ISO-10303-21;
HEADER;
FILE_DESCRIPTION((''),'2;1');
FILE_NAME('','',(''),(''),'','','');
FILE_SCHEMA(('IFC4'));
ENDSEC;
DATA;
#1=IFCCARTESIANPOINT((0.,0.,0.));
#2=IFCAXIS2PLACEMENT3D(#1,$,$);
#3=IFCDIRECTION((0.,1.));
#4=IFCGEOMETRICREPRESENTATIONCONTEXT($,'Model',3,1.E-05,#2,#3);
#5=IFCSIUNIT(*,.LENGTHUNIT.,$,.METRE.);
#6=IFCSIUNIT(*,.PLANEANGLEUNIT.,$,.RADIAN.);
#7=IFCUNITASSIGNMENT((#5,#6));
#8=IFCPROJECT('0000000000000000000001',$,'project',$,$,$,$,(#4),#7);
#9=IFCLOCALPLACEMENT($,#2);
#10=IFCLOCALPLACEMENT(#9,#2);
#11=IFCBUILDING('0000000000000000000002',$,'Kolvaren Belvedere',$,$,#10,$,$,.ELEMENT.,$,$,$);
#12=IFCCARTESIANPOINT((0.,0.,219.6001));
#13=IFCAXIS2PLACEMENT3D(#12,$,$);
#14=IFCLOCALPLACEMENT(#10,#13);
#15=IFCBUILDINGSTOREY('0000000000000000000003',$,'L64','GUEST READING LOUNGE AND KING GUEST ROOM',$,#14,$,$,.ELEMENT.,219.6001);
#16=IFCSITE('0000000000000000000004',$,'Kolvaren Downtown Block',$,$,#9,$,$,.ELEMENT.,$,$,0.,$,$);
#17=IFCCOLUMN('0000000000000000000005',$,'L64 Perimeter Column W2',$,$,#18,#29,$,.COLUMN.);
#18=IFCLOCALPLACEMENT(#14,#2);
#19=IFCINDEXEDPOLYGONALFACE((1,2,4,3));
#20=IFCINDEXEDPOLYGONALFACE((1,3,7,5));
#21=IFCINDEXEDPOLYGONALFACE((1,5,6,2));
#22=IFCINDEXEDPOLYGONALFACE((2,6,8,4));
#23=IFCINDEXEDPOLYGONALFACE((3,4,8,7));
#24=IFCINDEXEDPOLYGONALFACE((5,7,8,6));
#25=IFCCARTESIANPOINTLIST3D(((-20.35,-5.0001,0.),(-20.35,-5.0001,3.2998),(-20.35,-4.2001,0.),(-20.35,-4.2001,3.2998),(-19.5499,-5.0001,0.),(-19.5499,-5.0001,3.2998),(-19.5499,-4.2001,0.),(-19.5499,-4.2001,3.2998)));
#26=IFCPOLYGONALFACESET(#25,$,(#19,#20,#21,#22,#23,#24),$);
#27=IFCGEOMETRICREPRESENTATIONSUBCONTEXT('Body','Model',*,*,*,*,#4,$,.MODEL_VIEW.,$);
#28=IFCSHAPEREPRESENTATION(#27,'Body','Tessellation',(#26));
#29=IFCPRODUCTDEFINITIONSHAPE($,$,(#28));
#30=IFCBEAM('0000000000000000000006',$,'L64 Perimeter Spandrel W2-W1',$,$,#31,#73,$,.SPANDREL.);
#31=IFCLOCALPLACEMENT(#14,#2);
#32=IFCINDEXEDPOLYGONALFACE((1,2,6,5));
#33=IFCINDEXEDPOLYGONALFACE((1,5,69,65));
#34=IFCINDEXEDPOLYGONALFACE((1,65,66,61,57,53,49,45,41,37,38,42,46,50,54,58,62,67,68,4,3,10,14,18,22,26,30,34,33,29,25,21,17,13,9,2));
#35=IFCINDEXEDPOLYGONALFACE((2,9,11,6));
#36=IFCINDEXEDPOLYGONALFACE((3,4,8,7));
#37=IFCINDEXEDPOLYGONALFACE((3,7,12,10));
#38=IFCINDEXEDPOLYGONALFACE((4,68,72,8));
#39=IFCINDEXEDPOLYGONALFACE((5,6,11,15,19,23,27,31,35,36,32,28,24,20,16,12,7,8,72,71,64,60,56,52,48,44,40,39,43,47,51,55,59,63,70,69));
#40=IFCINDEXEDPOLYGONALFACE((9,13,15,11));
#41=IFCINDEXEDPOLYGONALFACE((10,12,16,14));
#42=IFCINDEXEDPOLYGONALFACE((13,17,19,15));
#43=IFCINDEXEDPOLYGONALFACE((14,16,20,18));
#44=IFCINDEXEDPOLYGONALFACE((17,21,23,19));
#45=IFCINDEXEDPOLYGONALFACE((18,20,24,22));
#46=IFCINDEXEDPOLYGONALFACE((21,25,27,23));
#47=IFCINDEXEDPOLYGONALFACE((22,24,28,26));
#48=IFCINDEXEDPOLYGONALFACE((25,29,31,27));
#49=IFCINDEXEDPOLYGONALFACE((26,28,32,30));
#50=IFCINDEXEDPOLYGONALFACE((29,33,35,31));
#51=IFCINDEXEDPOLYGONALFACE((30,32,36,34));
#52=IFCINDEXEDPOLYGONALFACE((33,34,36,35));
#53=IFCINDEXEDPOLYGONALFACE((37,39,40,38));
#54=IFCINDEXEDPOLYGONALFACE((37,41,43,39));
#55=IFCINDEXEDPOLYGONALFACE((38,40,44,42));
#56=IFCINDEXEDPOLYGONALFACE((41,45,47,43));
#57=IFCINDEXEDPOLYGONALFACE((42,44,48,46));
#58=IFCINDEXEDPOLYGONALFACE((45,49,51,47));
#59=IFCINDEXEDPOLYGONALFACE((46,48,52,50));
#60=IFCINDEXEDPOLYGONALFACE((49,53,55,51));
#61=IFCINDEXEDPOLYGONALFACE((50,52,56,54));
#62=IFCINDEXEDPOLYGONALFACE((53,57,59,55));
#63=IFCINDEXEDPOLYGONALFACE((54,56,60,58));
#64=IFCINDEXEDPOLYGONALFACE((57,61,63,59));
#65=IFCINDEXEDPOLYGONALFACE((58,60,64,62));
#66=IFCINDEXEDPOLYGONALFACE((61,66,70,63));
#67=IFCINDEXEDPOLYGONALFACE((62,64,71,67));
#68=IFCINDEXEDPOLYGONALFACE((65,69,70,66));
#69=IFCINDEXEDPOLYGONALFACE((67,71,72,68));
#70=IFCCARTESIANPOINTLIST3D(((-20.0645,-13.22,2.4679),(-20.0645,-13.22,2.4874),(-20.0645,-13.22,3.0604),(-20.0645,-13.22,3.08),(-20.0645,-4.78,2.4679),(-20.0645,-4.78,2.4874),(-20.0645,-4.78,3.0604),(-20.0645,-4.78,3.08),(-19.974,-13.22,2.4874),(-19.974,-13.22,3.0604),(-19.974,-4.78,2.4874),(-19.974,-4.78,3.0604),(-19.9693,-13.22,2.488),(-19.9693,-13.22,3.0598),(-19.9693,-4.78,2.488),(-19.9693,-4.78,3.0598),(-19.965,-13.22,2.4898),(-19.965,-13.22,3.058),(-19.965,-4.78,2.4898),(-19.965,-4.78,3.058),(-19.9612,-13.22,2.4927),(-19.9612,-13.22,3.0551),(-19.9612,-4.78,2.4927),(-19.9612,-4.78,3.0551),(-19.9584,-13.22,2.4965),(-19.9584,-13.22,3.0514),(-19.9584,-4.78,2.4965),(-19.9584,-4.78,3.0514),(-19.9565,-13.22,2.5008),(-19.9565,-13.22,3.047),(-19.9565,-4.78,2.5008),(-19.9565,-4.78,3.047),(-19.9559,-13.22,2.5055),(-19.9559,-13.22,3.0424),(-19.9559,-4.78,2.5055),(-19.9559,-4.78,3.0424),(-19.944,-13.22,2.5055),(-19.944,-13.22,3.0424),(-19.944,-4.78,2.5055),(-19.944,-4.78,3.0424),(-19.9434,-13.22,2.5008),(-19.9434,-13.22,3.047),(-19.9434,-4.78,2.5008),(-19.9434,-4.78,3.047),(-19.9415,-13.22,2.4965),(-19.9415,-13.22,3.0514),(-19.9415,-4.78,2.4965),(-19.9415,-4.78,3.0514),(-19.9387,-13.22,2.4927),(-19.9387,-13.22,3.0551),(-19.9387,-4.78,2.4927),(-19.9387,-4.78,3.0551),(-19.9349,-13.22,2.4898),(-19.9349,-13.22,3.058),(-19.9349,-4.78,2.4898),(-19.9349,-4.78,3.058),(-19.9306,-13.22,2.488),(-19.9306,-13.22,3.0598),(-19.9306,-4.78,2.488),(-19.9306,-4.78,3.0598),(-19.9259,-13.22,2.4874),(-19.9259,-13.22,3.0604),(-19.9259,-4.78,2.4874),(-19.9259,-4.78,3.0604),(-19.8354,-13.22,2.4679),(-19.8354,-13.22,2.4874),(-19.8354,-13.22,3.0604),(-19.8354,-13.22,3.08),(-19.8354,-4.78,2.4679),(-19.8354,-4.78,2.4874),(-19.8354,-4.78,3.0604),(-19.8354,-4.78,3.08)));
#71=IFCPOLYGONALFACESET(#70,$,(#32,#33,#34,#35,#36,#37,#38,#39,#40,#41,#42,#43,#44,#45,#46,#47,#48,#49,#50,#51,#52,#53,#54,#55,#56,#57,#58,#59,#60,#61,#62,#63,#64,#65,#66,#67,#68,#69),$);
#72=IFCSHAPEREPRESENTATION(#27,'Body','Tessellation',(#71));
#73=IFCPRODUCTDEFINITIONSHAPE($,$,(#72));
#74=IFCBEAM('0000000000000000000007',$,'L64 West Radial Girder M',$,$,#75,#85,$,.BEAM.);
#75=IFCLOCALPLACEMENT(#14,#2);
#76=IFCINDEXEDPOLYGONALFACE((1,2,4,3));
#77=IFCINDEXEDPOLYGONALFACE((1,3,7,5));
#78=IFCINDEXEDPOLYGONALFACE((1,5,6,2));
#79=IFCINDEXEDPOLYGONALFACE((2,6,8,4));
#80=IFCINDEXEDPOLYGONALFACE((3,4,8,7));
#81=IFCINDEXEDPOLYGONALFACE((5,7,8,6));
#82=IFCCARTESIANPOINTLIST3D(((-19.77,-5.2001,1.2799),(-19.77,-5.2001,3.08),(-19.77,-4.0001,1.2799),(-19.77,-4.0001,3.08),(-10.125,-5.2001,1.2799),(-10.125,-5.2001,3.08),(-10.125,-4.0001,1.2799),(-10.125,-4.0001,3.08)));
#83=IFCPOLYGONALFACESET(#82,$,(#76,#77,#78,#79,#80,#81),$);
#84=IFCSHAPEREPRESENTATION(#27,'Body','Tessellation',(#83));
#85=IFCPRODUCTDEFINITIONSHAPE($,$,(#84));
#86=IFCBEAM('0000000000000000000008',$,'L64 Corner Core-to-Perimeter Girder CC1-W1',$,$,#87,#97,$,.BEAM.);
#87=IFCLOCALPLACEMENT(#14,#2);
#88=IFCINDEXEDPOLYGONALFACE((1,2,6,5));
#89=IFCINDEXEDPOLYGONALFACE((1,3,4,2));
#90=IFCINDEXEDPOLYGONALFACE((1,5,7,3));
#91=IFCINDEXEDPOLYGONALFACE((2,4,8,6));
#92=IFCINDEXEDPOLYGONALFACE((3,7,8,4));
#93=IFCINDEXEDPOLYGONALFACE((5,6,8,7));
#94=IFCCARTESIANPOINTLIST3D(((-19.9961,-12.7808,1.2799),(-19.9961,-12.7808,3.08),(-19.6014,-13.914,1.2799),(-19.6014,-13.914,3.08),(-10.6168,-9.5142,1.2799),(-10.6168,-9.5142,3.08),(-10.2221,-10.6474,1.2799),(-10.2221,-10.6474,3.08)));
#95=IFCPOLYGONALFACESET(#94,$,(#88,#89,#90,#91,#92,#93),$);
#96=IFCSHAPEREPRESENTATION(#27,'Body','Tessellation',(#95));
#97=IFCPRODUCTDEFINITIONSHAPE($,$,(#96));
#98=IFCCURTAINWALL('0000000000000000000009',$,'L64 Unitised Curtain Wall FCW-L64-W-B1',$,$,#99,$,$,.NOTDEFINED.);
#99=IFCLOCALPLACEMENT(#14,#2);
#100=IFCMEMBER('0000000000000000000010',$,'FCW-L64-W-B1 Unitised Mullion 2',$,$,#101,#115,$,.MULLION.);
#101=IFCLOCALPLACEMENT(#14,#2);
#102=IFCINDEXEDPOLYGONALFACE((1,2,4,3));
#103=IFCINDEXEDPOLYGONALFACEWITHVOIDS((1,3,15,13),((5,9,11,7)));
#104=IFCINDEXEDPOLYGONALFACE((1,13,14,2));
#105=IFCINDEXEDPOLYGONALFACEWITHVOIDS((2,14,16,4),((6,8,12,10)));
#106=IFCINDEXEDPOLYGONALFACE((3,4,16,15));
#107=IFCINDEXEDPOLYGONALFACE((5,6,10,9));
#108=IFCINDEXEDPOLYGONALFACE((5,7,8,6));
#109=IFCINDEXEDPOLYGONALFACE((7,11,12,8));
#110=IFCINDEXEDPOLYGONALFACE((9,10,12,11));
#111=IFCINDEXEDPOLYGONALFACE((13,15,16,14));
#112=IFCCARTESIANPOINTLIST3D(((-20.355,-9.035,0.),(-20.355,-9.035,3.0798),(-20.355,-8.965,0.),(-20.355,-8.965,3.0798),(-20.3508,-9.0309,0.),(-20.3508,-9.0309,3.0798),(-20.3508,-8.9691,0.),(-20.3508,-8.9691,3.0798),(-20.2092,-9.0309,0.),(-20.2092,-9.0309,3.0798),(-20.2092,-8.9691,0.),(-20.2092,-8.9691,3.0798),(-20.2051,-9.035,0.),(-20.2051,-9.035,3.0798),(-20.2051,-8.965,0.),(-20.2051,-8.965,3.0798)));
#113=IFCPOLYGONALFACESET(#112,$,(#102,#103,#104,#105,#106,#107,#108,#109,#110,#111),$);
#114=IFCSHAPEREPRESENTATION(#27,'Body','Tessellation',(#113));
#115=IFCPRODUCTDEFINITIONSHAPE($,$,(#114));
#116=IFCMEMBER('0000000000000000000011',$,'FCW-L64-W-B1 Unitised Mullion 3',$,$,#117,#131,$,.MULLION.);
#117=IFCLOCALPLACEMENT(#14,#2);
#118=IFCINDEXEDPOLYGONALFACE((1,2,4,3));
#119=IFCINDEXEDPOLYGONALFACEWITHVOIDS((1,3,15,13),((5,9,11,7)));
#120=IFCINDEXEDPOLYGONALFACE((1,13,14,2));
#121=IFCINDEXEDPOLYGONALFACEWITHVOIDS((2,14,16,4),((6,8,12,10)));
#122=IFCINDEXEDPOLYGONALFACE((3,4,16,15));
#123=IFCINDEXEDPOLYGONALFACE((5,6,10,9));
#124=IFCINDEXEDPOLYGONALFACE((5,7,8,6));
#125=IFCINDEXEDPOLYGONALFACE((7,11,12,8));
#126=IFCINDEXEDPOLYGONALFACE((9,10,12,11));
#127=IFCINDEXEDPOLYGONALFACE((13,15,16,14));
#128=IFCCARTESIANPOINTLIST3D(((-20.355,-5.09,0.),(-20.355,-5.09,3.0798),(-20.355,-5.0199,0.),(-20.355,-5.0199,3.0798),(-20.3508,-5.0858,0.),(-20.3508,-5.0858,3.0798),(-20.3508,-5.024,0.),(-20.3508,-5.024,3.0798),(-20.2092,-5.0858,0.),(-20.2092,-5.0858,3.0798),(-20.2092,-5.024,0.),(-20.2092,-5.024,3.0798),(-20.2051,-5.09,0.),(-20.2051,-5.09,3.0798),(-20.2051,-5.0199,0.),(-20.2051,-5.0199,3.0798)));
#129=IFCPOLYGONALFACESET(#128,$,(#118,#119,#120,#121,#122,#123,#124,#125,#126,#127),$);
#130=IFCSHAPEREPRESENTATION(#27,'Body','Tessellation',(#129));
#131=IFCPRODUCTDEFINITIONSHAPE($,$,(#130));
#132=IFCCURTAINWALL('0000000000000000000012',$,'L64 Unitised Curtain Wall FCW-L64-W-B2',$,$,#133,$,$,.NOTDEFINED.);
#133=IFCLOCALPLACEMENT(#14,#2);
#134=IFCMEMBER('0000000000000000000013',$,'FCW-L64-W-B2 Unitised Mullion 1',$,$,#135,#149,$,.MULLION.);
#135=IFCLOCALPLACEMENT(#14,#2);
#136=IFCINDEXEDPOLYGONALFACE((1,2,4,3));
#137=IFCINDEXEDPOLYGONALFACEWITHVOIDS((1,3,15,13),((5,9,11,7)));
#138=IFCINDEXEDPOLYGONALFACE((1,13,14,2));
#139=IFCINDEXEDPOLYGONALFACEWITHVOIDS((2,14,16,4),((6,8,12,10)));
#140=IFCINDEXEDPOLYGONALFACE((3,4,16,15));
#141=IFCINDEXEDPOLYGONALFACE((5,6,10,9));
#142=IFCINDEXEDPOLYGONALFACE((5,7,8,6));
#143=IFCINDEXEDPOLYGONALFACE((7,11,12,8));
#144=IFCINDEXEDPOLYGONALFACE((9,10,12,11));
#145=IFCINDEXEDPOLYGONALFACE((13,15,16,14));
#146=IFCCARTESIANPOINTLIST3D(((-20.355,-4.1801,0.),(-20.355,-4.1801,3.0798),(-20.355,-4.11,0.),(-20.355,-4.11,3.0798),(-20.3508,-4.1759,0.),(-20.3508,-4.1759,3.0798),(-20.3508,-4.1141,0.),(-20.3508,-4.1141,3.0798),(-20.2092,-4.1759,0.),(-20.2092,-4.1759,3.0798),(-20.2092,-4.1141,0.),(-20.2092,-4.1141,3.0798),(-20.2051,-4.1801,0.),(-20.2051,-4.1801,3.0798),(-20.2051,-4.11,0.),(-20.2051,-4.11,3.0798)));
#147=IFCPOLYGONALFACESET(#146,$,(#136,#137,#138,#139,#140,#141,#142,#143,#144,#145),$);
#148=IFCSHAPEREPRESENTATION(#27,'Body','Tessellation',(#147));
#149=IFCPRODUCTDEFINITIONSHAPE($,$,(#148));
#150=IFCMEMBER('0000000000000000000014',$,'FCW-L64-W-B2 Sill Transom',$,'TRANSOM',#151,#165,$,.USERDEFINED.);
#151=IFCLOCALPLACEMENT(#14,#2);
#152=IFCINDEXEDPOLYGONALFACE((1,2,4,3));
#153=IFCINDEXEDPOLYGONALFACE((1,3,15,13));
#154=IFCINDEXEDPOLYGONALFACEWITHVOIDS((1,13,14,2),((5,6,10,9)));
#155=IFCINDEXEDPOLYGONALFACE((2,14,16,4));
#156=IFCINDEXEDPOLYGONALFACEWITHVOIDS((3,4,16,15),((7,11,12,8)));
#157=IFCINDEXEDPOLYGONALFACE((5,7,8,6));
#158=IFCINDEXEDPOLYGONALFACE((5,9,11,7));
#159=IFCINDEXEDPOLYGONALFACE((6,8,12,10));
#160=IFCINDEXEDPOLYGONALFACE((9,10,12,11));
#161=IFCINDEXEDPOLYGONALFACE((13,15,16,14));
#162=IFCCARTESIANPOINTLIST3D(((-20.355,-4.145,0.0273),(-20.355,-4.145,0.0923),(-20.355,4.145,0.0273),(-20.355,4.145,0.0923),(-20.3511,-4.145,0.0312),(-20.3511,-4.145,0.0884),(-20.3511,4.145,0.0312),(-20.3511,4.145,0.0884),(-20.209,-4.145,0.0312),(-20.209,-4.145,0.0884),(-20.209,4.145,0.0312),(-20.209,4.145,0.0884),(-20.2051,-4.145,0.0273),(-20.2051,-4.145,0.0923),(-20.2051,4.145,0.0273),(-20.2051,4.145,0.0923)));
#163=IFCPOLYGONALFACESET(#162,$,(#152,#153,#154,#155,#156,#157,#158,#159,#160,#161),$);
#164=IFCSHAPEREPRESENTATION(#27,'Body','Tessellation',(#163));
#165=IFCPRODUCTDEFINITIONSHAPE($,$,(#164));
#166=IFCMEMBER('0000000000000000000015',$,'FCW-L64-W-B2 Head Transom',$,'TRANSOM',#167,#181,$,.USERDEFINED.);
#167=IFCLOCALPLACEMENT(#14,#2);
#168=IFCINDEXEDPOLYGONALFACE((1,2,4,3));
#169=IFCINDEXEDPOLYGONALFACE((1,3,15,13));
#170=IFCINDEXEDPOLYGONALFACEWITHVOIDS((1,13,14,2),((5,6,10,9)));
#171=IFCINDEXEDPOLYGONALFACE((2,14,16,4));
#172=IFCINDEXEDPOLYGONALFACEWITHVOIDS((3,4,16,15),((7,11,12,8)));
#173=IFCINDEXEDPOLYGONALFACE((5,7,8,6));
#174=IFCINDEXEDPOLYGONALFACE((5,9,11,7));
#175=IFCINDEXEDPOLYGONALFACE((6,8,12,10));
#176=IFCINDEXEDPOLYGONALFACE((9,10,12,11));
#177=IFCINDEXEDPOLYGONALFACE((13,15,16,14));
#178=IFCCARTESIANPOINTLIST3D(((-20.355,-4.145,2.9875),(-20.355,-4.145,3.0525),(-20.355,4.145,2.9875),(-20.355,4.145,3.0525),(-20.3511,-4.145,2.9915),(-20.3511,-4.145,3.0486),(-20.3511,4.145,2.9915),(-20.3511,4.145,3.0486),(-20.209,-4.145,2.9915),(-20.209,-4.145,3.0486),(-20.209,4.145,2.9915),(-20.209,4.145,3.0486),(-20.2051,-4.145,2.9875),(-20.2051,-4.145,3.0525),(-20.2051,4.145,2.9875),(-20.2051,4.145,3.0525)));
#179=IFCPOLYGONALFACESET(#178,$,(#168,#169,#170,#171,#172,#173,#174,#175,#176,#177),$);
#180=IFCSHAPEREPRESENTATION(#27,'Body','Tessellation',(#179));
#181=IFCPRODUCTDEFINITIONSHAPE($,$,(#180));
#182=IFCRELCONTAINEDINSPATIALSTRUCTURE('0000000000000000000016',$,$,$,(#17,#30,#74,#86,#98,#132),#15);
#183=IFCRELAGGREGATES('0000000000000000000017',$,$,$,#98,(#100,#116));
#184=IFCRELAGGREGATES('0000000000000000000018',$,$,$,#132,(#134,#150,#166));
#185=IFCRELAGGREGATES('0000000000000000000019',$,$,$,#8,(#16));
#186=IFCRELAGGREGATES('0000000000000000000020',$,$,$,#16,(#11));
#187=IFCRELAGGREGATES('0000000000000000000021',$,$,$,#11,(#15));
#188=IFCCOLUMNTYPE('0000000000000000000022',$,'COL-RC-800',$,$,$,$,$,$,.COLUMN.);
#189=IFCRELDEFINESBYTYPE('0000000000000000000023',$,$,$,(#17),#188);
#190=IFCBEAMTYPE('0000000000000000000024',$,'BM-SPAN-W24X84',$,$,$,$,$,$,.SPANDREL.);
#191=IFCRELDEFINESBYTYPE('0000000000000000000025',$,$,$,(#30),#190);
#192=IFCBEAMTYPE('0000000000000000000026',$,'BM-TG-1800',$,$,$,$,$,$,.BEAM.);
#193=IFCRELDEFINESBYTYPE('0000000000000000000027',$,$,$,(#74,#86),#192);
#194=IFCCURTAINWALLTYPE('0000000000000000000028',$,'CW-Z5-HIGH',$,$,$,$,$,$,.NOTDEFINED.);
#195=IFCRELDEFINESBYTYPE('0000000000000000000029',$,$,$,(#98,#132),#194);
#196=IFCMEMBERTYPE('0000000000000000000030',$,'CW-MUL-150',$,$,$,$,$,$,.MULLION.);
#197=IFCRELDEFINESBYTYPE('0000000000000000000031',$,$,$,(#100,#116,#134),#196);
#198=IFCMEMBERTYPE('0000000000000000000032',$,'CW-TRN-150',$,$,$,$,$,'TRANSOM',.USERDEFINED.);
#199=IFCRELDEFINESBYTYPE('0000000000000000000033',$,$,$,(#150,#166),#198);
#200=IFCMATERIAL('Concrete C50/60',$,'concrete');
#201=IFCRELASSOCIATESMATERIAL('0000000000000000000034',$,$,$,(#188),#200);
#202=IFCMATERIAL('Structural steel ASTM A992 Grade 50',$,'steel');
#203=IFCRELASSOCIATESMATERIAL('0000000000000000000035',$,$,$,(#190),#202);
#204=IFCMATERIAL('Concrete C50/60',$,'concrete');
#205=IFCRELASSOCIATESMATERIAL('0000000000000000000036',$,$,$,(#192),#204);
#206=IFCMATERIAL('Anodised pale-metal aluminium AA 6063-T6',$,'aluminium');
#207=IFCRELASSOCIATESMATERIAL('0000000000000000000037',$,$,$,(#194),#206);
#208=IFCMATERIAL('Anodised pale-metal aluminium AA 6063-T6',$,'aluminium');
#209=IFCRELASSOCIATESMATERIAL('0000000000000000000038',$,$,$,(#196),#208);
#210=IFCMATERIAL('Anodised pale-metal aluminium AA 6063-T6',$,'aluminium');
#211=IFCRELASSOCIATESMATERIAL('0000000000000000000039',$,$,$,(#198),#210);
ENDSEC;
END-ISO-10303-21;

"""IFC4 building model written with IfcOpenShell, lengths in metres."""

from ifc_helpers import new_model, si_unit, direction, frame, origin, origin_2d, place, context, subcontext, project, spatial, rectangle, hollow_rectangle, i_section, extrude, material, material_profile, profile_set, type_object, element, aggregate, save


model = new_model("IFC4")

# Units and contexts
model_context = context("Model", 3, precision=1e-05, world=origin(), true_north=direction((0.0, 1.0)))
body_context = subcontext(model_context, "Body", "Model", "MODEL_VIEW")
ifc_project = project(units=[si_unit("LENGTHUNIT", "METRE"), si_unit("PLANEANGLEUNIT", "RADIAN")], contexts=[model_context])

# Site, building, storey
site_placement = place(None, origin())
site = spatial("IfcSite", under=ifc_project, at=site_placement, Name="Kolvaren Downtown Block", CompositionType="ELEMENT", RefElevation=0.0)
building_placement = place(site_placement, origin())
building = spatial("IfcBuilding", under=site, at=building_placement, Name="Kolvaren Belvedere", CompositionType="ELEMENT")
storey_placement = place(building_placement, frame((0.0, 0.0, 219.6001)))
storey = spatial("IfcBuildingStorey", under=building, at=storey_placement, Name="L64", Description="GUEST READING LOUNGE AND KING GUEST ROOM", CompositionType="ELEMENT", Elevation=219.6001)

# Column
ifc_material_1 = material(Name="Concrete C50/60", Category="concrete")
ifc_material_profile_1 = material_profile(ifc_material_1, rectangle(XDim=0.8, YDim=0.8, at=origin_2d()), Name="RC 800X800")
ifc_profile_set_1 = profile_set([ifc_material_profile_1], Name="Concrete C50/60")
column_type = type_object("IfcColumnType", Name="COL-RC-800", PredefinedType="COLUMN", material=ifc_profile_set_1)
column_placement = place(storey_placement, frame((-19.95, -4.6001, 0.0), z_axis=(0.0, 0.0, 1.0), x_axis=(1.0, 0.0, 0.0)))
element("IfcColumn", 1, at=column_placement, inside=storey, type_object=column_type, Name="L64 Perimeter Column W2", PredefinedType="COLUMN", context=body_context, shape_type="SweptSolid", body=[
    extrude(rectangle(XDim=0.8, YDim=0.8, at=origin_2d()), origin(), (0.0, 0.0, 1.0), 3.2998),
])

# Beams
ifc_material_2 = material(Name="Structural steel ASTM A992 Grade 50", Category="steel")
ifc_material_profile_2 = material_profile(ifc_material_2, i_section(OverallWidth=0.229, OverallDepth=0.6121, WebThickness=0.012, FlangeThickness=0.0195, FilletRadius=0.0181, at=origin_2d()), Name="W24X84")
ifc_profile_set_2 = profile_set([ifc_material_profile_2], Name="Structural steel ASTM A992 Grade 50")
beam_type_1 = type_object("IfcBeamType", Name="BM-SPAN-W24X84", PredefinedType="SPANDREL", material=ifc_profile_set_2)
beam_1_placement = place(storey_placement, frame((-19.95, -4.78, 2.7739), z_axis=(0.0, -1.0, 0.0), x_axis=(1.0, 0.0, 0.0)))
element("IfcBeam", 2, at=beam_1_placement, inside=storey, type_object=beam_type_1, Name="L64 Perimeter Spandrel W2-W1", PredefinedType="SPANDREL", context=body_context, shape_type="SweptSolid", body=[
    extrude(i_section(OverallWidth=0.229, OverallDepth=0.6121, WebThickness=0.012, FlangeThickness=0.0195, FilletRadius=0.0181, at=origin_2d()), origin(), (0.0, 0.0, 1.0), 8.4399),
])
ifc_material_3 = material(Name="Concrete C50/60", Category="concrete")
ifc_material_profile_3 = material_profile(ifc_material_3, rectangle(XDim=1.2, YDim=1.8, at=origin_2d()), Name="RC 1200X1800")
ifc_profile_set_3 = profile_set([ifc_material_profile_3], Name="Concrete C50/60")
beam_type_2 = type_object("IfcBeamType", Name="BM-TG-1800", PredefinedType="BEAM", material=ifc_profile_set_3)
beam_2_placement = place(storey_placement, frame((-10.125, -4.6001, 2.1799), z_axis=(-1.0, 0.0, 0.0), x_axis=(0.0, -1.0, 0.0)))
element("IfcBeam", 3, at=beam_2_placement, inside=storey, type_object=beam_type_2, Name="L64 West Radial Girder M", PredefinedType="BEAM", context=body_context, shape_type="SweptSolid", body=[
    extrude(rectangle(XDim=1.2, YDim=1.8, at=origin_2d()), origin(), (0.0, 0.0, 1.0), 9.645),
])
beam_3_placement = place(storey_placement, frame((-10.4194, -10.0808, 2.1799), z_axis=(-0.944365, -0.328898, 0.0), x_axis=(0.328898, -0.944365, 0.0)))
element("IfcBeam", 4, at=beam_3_placement, inside=storey, type_object=beam_type_2, Name="L64 Corner Core-to-Perimeter Girder CC1-W1", PredefinedType="BEAM", context=body_context, shape_type="SweptSolid", body=[
    extrude(rectangle(XDim=1.2, YDim=1.8, at=origin_2d()), origin(), (0.0, 0.0, 1.0), 9.9319),
])

# Curtain walls, members
ifc_material_4 = material(Name="Anodised pale-metal aluminium AA 6063-T6", Category="aluminium")
curtain_wall_type = type_object("IfcCurtainWallType", Name="CW-Z5-HIGH", PredefinedType="NOTDEFINED", material=ifc_material_4)
curtain_wall_1_placement = place(storey_placement, origin())
curtain_wall_1 = element("IfcCurtainWall", 5, at=curtain_wall_1_placement, inside=storey, type_object=curtain_wall_type, Name="L64 Unitised Curtain Wall FCW-L64-W-B1", PredefinedType="NOTDEFINED")
ifc_material_5 = material(Name="Anodised pale-metal aluminium AA 6063-T6", Category="aluminium")
ifc_material_profile_4 = material_profile(ifc_material_5, hollow_rectangle(XDim=0.0701, YDim=0.1499, WallThickness=0.0042, at=origin_2d()), Name="ALU-MUL-150X70")
ifc_profile_set_4 = profile_set([ifc_material_profile_4], Name="Anodised pale-metal aluminium AA 6063-T6")
member_type_1 = type_object("IfcMemberType", Name="CW-MUL-150", PredefinedType="MULLION", material=ifc_profile_set_4)
member_1_placement = place(storey_placement, frame((-20.28, -9.0, 0.0), z_axis=(0.0, 0.0, 1.0), x_axis=(0.0, 1.0, 0.0)))
member_1 = element("IfcMember", 6, at=member_1_placement, type_object=member_type_1, Name="FCW-L64-W-B1 Unitised Mullion 2", PredefinedType="MULLION", context=body_context, shape_type="SweptSolid", body=[
    extrude(hollow_rectangle(XDim=0.0701, YDim=0.1499, WallThickness=0.0042, at=origin_2d()), origin(), (0.0, 0.0, 1.0), 3.0798),
])
member_2_placement = place(storey_placement, frame((-20.28, -5.0549, 0.0), z_axis=(0.0, 0.0, 1.0), x_axis=(0.0, 1.0, 0.0)))
member_2 = element("IfcMember", 7, at=member_2_placement, type_object=member_type_1, Name="FCW-L64-W-B1 Unitised Mullion 3", PredefinedType="MULLION", context=body_context, shape_type="SweptSolid", body=[
    extrude(hollow_rectangle(XDim=0.0701, YDim=0.1499, WallThickness=0.0042, at=origin_2d()), origin(), (0.0, 0.0, 1.0), 3.0798),
])
curtain_wall_2_placement = place(storey_placement, origin())
curtain_wall_2 = element("IfcCurtainWall", 8, at=curtain_wall_2_placement, inside=storey, type_object=curtain_wall_type, Name="L64 Unitised Curtain Wall FCW-L64-W-B2", PredefinedType="NOTDEFINED")
member_3_placement = place(storey_placement, frame((-20.28, -4.145, 0.0), z_axis=(0.0, 0.0, 1.0), x_axis=(0.0, 1.0, 0.0)))
member_3 = element("IfcMember", 9, at=member_3_placement, type_object=member_type_1, Name="FCW-L64-W-B2 Unitised Mullion 1", PredefinedType="MULLION", context=body_context, shape_type="SweptSolid", body=[
    extrude(hollow_rectangle(XDim=0.0701, YDim=0.1499, WallThickness=0.0042, at=origin_2d()), origin(), (0.0, 0.0, 1.0), 3.0798),
])
ifc_material_6 = material(Name="Anodised pale-metal aluminium AA 6063-T6", Category="aluminium")
ifc_material_profile_5 = material_profile(ifc_material_6, hollow_rectangle(XDim=0.0649, YDim=0.1499, WallThickness=0.0039, at=origin_2d()), Name="ALU-TRN-150X65")
ifc_profile_set_5 = profile_set([ifc_material_profile_5], Name="Anodised pale-metal aluminium AA 6063-T6")
member_type_2 = type_object("IfcMemberType", Name="CW-TRN-150", ElementType="TRANSOM", PredefinedType="USERDEFINED", material=ifc_profile_set_5)
member_4_placement = place(storey_placement, frame((-20.28, -4.145, 0.0598), z_axis=(0.0, 1.0, 0.0), x_axis=(0.0, 0.0, 1.0)))
member_4 = element("IfcMember", 10, at=member_4_placement, type_object=member_type_2, Name="FCW-L64-W-B2 Sill Transom", ObjectType="TRANSOM", PredefinedType="USERDEFINED", context=body_context, shape_type="SweptSolid", body=[
    extrude(hollow_rectangle(XDim=0.0649, YDim=0.1499, WallThickness=0.0039, at=origin_2d()), origin(), (0.0, 0.0, 1.0), 8.29),
])
member_5_placement = place(storey_placement, frame((-20.28, -4.145, 3.02), z_axis=(0.0, 1.0, 0.0), x_axis=(0.0, 0.0, 1.0)))
member_5 = element("IfcMember", 11, at=member_5_placement, type_object=member_type_2, Name="FCW-L64-W-B2 Head Transom", ObjectType="TRANSOM", PredefinedType="USERDEFINED", context=body_context, shape_type="SweptSolid", body=[
    extrude(hollow_rectangle(XDim=0.0649, YDim=0.1499, WallThickness=0.0039, at=origin_2d()), origin(), (0.0, 0.0, 1.0), 8.29),
])

aggregate(curtain_wall_1, [member_1, member_2])
aggregate(curtain_wall_2, [member_3, member_4, member_5])

save(model, "model.ifc")
